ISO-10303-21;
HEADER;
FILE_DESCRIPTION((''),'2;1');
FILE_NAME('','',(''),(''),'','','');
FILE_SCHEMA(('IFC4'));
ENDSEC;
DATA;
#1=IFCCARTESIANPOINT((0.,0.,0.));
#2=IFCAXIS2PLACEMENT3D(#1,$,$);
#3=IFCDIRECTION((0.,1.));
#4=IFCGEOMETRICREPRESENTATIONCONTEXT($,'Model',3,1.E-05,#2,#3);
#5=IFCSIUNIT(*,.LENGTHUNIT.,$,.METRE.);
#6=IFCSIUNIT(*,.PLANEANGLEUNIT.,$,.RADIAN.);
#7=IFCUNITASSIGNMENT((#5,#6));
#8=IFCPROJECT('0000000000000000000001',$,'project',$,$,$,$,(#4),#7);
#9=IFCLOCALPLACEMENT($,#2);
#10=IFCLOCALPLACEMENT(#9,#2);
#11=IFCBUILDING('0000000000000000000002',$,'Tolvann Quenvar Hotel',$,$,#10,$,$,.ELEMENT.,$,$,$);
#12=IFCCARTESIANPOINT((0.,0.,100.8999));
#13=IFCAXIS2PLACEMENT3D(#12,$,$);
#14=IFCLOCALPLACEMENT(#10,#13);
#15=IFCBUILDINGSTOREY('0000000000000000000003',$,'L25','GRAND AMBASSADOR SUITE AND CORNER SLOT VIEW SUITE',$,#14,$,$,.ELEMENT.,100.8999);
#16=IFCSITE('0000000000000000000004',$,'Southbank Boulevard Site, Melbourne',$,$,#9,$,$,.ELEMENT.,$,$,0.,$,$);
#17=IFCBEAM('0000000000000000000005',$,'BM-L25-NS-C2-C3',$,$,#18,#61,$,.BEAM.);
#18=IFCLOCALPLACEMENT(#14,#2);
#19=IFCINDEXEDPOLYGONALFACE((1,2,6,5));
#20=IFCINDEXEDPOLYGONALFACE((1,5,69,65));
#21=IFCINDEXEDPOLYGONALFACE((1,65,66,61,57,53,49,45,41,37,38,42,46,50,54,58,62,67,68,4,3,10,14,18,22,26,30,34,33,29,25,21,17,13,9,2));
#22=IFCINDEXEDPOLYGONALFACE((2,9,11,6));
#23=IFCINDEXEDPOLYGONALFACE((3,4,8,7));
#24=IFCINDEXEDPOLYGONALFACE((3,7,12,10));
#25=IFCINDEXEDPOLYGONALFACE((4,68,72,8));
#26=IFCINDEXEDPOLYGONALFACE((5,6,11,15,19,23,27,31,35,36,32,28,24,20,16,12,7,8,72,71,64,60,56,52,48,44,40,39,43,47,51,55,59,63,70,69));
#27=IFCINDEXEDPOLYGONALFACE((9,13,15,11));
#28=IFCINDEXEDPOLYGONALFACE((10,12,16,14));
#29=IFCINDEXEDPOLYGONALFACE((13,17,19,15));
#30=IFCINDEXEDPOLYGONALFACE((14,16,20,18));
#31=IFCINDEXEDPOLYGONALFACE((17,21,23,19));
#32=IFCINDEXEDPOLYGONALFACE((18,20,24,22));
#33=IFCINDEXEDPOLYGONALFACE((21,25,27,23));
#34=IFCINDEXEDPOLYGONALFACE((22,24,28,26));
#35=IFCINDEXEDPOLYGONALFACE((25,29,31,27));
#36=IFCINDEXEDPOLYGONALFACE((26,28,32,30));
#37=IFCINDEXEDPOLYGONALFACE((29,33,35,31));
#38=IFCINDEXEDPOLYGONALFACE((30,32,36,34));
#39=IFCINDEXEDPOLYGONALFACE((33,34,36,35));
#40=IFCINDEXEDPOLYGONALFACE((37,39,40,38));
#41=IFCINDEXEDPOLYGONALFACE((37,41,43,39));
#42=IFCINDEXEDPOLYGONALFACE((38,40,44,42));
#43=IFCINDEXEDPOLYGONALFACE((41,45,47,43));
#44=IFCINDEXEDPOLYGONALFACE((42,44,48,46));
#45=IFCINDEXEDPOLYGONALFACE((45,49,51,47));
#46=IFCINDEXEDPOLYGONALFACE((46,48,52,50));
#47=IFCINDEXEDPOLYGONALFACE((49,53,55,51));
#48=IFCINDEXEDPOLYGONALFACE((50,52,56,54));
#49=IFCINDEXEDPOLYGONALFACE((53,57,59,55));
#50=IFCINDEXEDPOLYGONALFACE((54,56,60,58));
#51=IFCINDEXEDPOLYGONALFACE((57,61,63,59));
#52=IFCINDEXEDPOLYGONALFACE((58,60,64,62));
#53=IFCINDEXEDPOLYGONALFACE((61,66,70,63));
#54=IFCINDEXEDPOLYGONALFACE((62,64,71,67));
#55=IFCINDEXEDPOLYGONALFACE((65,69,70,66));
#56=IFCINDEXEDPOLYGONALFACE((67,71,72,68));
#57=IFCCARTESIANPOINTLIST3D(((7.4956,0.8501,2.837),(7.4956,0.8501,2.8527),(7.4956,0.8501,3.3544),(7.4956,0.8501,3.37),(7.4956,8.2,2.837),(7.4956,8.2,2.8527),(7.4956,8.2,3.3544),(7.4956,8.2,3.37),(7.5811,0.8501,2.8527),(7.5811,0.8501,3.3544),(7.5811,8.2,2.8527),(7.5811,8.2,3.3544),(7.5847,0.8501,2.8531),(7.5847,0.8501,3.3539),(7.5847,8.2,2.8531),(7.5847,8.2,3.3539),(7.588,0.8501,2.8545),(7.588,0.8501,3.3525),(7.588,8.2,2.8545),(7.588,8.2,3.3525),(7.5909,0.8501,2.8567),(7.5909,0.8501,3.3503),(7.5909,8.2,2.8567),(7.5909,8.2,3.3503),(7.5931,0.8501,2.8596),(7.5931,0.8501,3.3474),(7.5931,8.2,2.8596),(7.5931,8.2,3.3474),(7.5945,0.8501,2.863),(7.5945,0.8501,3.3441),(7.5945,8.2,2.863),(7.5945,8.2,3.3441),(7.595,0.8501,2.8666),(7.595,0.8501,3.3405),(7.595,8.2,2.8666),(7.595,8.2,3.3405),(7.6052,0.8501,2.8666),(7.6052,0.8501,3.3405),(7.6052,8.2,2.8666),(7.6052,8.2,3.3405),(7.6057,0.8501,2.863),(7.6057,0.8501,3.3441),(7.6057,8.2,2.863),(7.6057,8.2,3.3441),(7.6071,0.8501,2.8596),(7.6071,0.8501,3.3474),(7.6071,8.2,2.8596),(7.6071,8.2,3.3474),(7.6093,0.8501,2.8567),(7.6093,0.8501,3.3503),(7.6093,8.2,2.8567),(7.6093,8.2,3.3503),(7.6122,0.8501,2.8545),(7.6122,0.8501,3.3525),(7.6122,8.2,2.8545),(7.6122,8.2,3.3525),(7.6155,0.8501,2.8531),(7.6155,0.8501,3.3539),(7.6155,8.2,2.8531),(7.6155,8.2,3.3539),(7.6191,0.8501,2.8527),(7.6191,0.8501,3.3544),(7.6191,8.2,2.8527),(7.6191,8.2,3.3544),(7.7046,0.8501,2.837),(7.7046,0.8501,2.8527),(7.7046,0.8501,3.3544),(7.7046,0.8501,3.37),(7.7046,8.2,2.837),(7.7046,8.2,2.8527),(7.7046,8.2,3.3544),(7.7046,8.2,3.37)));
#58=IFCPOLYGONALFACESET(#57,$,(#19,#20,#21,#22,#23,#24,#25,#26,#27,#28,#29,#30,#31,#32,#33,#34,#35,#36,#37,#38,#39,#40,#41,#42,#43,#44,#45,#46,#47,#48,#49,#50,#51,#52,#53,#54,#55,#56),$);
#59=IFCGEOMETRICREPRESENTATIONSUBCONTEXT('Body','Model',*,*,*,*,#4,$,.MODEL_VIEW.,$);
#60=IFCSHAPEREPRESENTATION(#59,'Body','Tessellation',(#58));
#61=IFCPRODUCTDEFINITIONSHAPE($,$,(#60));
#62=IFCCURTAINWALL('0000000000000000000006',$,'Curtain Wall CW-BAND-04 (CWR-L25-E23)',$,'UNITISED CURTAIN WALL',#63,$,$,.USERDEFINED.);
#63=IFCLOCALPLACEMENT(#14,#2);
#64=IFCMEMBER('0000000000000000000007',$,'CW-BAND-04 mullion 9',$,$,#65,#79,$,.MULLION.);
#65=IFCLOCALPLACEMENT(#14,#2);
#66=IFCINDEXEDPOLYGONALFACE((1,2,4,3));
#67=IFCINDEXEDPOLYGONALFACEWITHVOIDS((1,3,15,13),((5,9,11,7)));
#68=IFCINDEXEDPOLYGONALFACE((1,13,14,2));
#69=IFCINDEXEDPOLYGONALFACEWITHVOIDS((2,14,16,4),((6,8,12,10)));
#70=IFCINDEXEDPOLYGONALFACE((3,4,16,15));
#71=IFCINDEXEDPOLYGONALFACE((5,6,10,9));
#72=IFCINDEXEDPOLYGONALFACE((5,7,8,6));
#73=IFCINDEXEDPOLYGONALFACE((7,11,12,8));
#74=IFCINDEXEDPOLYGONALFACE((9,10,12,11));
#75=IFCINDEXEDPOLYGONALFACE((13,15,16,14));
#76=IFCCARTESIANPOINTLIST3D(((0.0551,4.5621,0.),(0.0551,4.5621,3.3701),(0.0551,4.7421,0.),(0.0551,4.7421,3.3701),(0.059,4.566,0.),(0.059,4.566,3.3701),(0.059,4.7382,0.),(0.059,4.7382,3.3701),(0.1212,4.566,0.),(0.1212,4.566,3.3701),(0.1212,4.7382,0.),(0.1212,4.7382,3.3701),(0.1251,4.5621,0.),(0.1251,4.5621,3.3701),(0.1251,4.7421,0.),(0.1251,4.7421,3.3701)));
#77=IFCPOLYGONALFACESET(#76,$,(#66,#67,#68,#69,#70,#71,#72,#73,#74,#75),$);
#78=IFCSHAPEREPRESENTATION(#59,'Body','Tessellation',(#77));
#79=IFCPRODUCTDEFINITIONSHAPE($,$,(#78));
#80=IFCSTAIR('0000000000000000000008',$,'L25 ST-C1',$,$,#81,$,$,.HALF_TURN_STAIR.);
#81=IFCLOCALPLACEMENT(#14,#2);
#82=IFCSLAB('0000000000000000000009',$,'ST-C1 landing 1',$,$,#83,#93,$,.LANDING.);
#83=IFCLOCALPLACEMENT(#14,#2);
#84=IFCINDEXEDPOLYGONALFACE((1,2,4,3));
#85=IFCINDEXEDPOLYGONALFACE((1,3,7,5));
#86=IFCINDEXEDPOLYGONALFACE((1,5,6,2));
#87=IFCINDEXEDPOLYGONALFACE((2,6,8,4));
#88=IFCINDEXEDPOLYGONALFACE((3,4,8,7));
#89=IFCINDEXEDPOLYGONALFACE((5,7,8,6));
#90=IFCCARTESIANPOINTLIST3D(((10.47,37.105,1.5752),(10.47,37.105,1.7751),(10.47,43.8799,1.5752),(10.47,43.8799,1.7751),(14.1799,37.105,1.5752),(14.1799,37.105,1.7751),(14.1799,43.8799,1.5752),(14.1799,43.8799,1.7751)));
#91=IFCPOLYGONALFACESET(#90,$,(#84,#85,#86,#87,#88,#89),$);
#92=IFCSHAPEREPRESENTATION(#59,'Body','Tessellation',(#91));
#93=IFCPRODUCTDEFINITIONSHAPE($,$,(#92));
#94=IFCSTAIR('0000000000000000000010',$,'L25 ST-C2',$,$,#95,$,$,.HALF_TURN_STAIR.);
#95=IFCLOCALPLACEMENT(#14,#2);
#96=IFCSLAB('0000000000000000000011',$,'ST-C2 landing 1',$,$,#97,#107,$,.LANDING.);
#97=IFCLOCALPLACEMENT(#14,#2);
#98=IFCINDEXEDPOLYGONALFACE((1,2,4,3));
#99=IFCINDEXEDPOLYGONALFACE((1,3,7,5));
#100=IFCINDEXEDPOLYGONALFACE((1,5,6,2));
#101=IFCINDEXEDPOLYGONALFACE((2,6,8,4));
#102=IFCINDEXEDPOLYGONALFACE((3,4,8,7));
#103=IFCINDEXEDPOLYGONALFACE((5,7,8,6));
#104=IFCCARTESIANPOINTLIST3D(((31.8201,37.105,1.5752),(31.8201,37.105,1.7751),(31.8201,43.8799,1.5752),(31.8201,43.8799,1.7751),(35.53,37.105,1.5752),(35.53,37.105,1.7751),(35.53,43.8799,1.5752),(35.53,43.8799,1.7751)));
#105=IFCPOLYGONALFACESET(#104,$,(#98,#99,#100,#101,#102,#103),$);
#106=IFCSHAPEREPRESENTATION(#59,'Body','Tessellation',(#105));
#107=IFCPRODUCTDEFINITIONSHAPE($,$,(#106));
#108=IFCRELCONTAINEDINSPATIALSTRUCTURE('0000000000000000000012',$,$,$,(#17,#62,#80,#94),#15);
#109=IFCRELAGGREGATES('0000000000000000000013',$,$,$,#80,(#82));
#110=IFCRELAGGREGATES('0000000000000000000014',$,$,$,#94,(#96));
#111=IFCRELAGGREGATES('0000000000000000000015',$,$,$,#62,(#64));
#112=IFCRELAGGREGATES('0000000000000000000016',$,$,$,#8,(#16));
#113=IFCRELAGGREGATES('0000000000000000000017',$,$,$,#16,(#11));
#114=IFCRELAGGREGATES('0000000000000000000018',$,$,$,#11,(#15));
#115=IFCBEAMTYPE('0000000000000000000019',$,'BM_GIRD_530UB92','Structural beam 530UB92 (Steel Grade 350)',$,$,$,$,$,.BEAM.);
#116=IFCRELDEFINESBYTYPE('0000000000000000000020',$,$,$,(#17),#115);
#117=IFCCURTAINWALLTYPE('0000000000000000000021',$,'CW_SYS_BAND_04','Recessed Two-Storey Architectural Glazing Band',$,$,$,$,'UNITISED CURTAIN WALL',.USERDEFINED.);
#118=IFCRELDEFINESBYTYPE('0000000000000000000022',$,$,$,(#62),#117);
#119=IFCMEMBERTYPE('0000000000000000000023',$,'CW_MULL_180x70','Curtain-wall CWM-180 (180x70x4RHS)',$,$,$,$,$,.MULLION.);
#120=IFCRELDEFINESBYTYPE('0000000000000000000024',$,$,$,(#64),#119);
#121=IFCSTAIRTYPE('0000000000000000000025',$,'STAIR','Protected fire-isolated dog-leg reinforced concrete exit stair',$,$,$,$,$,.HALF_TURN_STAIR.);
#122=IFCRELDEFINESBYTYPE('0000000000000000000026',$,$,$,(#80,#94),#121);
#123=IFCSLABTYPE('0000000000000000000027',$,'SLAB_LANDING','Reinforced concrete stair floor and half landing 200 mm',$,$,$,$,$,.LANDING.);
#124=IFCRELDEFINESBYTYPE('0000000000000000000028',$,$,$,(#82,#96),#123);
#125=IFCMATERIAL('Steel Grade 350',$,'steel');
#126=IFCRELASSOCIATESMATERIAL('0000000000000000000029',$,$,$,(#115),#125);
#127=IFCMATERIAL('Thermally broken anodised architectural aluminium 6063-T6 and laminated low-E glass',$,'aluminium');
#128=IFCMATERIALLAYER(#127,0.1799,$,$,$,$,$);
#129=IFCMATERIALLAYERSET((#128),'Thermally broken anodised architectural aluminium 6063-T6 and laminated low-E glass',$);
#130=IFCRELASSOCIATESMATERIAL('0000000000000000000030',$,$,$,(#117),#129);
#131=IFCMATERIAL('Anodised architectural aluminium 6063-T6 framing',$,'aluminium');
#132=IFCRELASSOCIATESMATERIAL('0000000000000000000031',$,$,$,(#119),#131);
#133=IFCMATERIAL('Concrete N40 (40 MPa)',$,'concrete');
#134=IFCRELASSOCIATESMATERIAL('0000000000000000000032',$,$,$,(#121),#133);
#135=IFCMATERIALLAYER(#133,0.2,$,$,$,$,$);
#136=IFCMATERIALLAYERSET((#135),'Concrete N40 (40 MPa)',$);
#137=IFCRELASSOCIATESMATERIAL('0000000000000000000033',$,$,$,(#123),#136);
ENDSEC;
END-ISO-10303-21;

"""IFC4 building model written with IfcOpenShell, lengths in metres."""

from ifc_helpers import new_model, si_unit, direction, frame, origin, origin_2d, place, context, subcontext, project, spatial, polyline, hollow_rectangle, i_section, outline, extrude, source, transform, mapped, material, layer, layer_set, material_profile, profile_set, type_object, type_shapes, element, aggregate, save


model = new_model("IFC4")

# Units and contexts
model_context = context("Model", 3, precision=1e-05, world=origin(), true_north=direction((0.0, 1.0)))
body_context = subcontext(model_context, "Body", "Model", "MODEL_VIEW")
ifc_project = project(units=[si_unit("LENGTHUNIT", "METRE"), si_unit("PLANEANGLEUNIT", "RADIAN")], contexts=[model_context])

# Site, building, storey
site_placement = place(None, origin())
site = spatial("IfcSite", under=ifc_project, at=site_placement, Name="Southbank Boulevard Site, Melbourne", CompositionType="ELEMENT", RefElevation=0.0)
building_placement = place(site_placement, origin())
building = spatial("IfcBuilding", under=site, at=building_placement, Name="Tolvann Quenvar Hotel", CompositionType="ELEMENT")
storey_placement = place(building_placement, frame((0.0, 0.0, 100.8999)))
storey = spatial("IfcBuildingStorey", under=building, at=storey_placement, Name="L25", Description="GRAND AMBASSADOR SUITE AND CORNER SLOT VIEW SUITE", CompositionType="ELEMENT", Elevation=100.8999)

# Shared definitions
ifc_material_1 = material(Name="Steel Grade 350", Category="steel")

# Beam
ifc_material_profile_1 = material_profile(ifc_material_1, i_section(OverallWidth=0.209, OverallDepth=0.533, WebThickness=0.0103, FlangeThickness=0.0156, FilletRadius=0.0139, at=origin_2d()), Name="530UB92")
ifc_profile_set_1 = profile_set([ifc_material_profile_1], Name="Steel Grade 350")
beam_type_1 = type_object("IfcBeamType", Name="BM_GIRD_530UB92", Description="Structural beam 530UB92 (Steel Grade 350)", PredefinedType="BEAM", material=ifc_profile_set_1)
shared_shape_1 = source(origin(), body_context, "Body", "SweptSolid", [
    extrude(i_section(OverallWidth=0.209, OverallDepth=0.533, WebThickness=0.0103, FlangeThickness=0.0156, FilletRadius=0.0139, at=origin_2d()), origin(), (0.0, 0.0, 1.0), 7.3499),
])
type_shapes(beam_type_1, [shared_shape_1])
beam_1_placement = place(storey_placement, frame((7.6001, 0.8501, 3.1035), z_axis=(0.0, 1.0, 0.0), x_axis=(-1.0, 0.0, 0.0)))
element("IfcBeam", 1, at=beam_1_placement, inside=storey, type_object=beam_type_1, Name="BM-L25-NS-C2-C3", PredefinedType="BEAM", context=body_context, shape_type="MappedRepresentation", body=[
    mapped(shared_shape_1, transform((0.0, 0.0, 0.0), x_axis=(1.0, 0.0, 0.0), y_axis=(0.0, 1.0, 0.0), z_axis=(0.0, 0.0, 1.0), scale=1.0)),
])

# Curtain wall, member
ifc_material_2 = material(Name="Thermally broken anodised architectural aluminium 6063-T6 and laminated low-E glass", Category="aluminium")
ifc_layer_1 = layer(ifc_material_2, 0.1799)
ifc_layer_set_1 = layer_set([ifc_layer_1], Name="Thermally broken anodised architectural aluminium 6063-T6 and laminated low-E glass")
curtain_wall_type = type_object("IfcCurtainWallType", Name="CW_SYS_BAND_04", Description="Recessed Two-Storey Architectural Glazing Band", ElementType="UNITISED CURTAIN WALL", PredefinedType="USERDEFINED", material=ifc_layer_set_1)
curtain_wall_placement = place(storey_placement, origin())
curtain_wall = element("IfcCurtainWall", 2, at=curtain_wall_placement, inside=storey, type_object=curtain_wall_type, Name="Curtain Wall CW-BAND-04 (CWR-L25-E23)", ObjectType="UNITISED CURTAIN WALL", PredefinedType="USERDEFINED")
ifc_material_3 = material(Name="Anodised architectural aluminium 6063-T6 framing", Category="aluminium")
ifc_material_profile_2 = material_profile(ifc_material_3, hollow_rectangle(XDim=0.0701, YDim=0.1799, WallThickness=0.0039, at=origin_2d()), Name="180x70x4RHS")
ifc_profile_set_2 = profile_set([ifc_material_profile_2], Name="Anodised architectural aluminium 6063-T6 framing")
member_type = type_object("IfcMemberType", Name="CW_MULL_180x70", Description="Curtain-wall CWM-180 (180x70x4RHS)", PredefinedType="MULLION", material=ifc_profile_set_2)
shared_shape_2 = source(origin(), body_context, "Body", "SweptSolid", [
    extrude(hollow_rectangle(XDim=0.0701, YDim=0.1799, WallThickness=0.0039, at=origin_2d()), origin(), (0.0, 0.0, 1.0), 3.3701),
])
type_shapes(member_type, [shared_shape_2])
member_placement = place(storey_placement, frame((0.0901, 4.6521, 0.0), z_axis=(0.0, 0.0, 1.0), x_axis=(1.0, 0.0, 0.0)))
member = element("IfcMember", 3, at=member_placement, type_object=member_type, Name="CW-BAND-04 mullion 9", PredefinedType="MULLION", context=body_context, shape_type="MappedRepresentation", body=[
    mapped(shared_shape_2, transform((0.0, 0.0, 0.0), x_axis=(1.0, 0.0, 0.0), y_axis=(0.0, 1.0, 0.0), z_axis=(0.0, 0.0, 1.0), scale=1.0)),
])

# Stairs, slabs
ifc_material_4 = material(Name="Concrete N40 (40 MPa)", Category="concrete")
stair_type = type_object("IfcStairType", Name="STAIR", Description="Protected fire-isolated dog-leg reinforced concrete exit stair", PredefinedType="HALF_TURN_STAIR", material=ifc_material_4)
stair_1_placement = place(storey_placement, origin())
stair_1 = element("IfcStair", 4, at=stair_1_placement, inside=storey, type_object=stair_type, Name="L25 ST-C1", PredefinedType="HALF_TURN_STAIR")
ifc_layer_2 = layer(ifc_material_4, 0.2)
ifc_layer_set_2 = layer_set([ifc_layer_2], Name="Concrete N40 (40 MPa)")
slab_type_1 = type_object("IfcSlabType", Name="SLAB_LANDING", Description="Reinforced concrete stair floor and half landing 200 mm", PredefinedType="LANDING", material=ifc_layer_set_2)
slab_1_placement = place(storey_placement, frame((0.0, 0.0, 1.5752)))
slab_1 = element("IfcSlab", 5, at=slab_1_placement, type_object=slab_type_1, Name="ST-C1 landing 1", PredefinedType="LANDING", context=body_context, shape_type="SweptSolid", body=[
    extrude(outline(polyline([(14.1799, 37.105), (14.1799, 43.8799), (10.47, 43.8799), (10.47, 37.105), (14.1799, 37.105)])), origin(), (0.0, 0.0, 1.0), 0.2),
])
aggregate(stair_1, [slab_1])
stair_2_placement = place(storey_placement, origin())
stair_2 = element("IfcStair", 6, at=stair_2_placement, inside=storey, type_object=stair_type, Name="L25 ST-C2", PredefinedType="HALF_TURN_STAIR")
slab_2_placement = place(storey_placement, frame((0.0, 0.0, 1.5752)))
slab_2 = element("IfcSlab", 7, at=slab_2_placement, type_object=slab_type_1, Name="ST-C2 landing 1", PredefinedType="LANDING", context=body_context, shape_type="SweptSolid", body=[
    extrude(outline(polyline([(35.53, 37.105), (35.53, 43.8799), (31.8201, 43.8799), (31.8201, 37.105), (35.53, 37.105)])), origin(), (0.0, 0.0, 1.0), 0.2),
])
aggregate(stair_2, [slab_2])

aggregate(curtain_wall, [member])

save(model, "model.ifc")
